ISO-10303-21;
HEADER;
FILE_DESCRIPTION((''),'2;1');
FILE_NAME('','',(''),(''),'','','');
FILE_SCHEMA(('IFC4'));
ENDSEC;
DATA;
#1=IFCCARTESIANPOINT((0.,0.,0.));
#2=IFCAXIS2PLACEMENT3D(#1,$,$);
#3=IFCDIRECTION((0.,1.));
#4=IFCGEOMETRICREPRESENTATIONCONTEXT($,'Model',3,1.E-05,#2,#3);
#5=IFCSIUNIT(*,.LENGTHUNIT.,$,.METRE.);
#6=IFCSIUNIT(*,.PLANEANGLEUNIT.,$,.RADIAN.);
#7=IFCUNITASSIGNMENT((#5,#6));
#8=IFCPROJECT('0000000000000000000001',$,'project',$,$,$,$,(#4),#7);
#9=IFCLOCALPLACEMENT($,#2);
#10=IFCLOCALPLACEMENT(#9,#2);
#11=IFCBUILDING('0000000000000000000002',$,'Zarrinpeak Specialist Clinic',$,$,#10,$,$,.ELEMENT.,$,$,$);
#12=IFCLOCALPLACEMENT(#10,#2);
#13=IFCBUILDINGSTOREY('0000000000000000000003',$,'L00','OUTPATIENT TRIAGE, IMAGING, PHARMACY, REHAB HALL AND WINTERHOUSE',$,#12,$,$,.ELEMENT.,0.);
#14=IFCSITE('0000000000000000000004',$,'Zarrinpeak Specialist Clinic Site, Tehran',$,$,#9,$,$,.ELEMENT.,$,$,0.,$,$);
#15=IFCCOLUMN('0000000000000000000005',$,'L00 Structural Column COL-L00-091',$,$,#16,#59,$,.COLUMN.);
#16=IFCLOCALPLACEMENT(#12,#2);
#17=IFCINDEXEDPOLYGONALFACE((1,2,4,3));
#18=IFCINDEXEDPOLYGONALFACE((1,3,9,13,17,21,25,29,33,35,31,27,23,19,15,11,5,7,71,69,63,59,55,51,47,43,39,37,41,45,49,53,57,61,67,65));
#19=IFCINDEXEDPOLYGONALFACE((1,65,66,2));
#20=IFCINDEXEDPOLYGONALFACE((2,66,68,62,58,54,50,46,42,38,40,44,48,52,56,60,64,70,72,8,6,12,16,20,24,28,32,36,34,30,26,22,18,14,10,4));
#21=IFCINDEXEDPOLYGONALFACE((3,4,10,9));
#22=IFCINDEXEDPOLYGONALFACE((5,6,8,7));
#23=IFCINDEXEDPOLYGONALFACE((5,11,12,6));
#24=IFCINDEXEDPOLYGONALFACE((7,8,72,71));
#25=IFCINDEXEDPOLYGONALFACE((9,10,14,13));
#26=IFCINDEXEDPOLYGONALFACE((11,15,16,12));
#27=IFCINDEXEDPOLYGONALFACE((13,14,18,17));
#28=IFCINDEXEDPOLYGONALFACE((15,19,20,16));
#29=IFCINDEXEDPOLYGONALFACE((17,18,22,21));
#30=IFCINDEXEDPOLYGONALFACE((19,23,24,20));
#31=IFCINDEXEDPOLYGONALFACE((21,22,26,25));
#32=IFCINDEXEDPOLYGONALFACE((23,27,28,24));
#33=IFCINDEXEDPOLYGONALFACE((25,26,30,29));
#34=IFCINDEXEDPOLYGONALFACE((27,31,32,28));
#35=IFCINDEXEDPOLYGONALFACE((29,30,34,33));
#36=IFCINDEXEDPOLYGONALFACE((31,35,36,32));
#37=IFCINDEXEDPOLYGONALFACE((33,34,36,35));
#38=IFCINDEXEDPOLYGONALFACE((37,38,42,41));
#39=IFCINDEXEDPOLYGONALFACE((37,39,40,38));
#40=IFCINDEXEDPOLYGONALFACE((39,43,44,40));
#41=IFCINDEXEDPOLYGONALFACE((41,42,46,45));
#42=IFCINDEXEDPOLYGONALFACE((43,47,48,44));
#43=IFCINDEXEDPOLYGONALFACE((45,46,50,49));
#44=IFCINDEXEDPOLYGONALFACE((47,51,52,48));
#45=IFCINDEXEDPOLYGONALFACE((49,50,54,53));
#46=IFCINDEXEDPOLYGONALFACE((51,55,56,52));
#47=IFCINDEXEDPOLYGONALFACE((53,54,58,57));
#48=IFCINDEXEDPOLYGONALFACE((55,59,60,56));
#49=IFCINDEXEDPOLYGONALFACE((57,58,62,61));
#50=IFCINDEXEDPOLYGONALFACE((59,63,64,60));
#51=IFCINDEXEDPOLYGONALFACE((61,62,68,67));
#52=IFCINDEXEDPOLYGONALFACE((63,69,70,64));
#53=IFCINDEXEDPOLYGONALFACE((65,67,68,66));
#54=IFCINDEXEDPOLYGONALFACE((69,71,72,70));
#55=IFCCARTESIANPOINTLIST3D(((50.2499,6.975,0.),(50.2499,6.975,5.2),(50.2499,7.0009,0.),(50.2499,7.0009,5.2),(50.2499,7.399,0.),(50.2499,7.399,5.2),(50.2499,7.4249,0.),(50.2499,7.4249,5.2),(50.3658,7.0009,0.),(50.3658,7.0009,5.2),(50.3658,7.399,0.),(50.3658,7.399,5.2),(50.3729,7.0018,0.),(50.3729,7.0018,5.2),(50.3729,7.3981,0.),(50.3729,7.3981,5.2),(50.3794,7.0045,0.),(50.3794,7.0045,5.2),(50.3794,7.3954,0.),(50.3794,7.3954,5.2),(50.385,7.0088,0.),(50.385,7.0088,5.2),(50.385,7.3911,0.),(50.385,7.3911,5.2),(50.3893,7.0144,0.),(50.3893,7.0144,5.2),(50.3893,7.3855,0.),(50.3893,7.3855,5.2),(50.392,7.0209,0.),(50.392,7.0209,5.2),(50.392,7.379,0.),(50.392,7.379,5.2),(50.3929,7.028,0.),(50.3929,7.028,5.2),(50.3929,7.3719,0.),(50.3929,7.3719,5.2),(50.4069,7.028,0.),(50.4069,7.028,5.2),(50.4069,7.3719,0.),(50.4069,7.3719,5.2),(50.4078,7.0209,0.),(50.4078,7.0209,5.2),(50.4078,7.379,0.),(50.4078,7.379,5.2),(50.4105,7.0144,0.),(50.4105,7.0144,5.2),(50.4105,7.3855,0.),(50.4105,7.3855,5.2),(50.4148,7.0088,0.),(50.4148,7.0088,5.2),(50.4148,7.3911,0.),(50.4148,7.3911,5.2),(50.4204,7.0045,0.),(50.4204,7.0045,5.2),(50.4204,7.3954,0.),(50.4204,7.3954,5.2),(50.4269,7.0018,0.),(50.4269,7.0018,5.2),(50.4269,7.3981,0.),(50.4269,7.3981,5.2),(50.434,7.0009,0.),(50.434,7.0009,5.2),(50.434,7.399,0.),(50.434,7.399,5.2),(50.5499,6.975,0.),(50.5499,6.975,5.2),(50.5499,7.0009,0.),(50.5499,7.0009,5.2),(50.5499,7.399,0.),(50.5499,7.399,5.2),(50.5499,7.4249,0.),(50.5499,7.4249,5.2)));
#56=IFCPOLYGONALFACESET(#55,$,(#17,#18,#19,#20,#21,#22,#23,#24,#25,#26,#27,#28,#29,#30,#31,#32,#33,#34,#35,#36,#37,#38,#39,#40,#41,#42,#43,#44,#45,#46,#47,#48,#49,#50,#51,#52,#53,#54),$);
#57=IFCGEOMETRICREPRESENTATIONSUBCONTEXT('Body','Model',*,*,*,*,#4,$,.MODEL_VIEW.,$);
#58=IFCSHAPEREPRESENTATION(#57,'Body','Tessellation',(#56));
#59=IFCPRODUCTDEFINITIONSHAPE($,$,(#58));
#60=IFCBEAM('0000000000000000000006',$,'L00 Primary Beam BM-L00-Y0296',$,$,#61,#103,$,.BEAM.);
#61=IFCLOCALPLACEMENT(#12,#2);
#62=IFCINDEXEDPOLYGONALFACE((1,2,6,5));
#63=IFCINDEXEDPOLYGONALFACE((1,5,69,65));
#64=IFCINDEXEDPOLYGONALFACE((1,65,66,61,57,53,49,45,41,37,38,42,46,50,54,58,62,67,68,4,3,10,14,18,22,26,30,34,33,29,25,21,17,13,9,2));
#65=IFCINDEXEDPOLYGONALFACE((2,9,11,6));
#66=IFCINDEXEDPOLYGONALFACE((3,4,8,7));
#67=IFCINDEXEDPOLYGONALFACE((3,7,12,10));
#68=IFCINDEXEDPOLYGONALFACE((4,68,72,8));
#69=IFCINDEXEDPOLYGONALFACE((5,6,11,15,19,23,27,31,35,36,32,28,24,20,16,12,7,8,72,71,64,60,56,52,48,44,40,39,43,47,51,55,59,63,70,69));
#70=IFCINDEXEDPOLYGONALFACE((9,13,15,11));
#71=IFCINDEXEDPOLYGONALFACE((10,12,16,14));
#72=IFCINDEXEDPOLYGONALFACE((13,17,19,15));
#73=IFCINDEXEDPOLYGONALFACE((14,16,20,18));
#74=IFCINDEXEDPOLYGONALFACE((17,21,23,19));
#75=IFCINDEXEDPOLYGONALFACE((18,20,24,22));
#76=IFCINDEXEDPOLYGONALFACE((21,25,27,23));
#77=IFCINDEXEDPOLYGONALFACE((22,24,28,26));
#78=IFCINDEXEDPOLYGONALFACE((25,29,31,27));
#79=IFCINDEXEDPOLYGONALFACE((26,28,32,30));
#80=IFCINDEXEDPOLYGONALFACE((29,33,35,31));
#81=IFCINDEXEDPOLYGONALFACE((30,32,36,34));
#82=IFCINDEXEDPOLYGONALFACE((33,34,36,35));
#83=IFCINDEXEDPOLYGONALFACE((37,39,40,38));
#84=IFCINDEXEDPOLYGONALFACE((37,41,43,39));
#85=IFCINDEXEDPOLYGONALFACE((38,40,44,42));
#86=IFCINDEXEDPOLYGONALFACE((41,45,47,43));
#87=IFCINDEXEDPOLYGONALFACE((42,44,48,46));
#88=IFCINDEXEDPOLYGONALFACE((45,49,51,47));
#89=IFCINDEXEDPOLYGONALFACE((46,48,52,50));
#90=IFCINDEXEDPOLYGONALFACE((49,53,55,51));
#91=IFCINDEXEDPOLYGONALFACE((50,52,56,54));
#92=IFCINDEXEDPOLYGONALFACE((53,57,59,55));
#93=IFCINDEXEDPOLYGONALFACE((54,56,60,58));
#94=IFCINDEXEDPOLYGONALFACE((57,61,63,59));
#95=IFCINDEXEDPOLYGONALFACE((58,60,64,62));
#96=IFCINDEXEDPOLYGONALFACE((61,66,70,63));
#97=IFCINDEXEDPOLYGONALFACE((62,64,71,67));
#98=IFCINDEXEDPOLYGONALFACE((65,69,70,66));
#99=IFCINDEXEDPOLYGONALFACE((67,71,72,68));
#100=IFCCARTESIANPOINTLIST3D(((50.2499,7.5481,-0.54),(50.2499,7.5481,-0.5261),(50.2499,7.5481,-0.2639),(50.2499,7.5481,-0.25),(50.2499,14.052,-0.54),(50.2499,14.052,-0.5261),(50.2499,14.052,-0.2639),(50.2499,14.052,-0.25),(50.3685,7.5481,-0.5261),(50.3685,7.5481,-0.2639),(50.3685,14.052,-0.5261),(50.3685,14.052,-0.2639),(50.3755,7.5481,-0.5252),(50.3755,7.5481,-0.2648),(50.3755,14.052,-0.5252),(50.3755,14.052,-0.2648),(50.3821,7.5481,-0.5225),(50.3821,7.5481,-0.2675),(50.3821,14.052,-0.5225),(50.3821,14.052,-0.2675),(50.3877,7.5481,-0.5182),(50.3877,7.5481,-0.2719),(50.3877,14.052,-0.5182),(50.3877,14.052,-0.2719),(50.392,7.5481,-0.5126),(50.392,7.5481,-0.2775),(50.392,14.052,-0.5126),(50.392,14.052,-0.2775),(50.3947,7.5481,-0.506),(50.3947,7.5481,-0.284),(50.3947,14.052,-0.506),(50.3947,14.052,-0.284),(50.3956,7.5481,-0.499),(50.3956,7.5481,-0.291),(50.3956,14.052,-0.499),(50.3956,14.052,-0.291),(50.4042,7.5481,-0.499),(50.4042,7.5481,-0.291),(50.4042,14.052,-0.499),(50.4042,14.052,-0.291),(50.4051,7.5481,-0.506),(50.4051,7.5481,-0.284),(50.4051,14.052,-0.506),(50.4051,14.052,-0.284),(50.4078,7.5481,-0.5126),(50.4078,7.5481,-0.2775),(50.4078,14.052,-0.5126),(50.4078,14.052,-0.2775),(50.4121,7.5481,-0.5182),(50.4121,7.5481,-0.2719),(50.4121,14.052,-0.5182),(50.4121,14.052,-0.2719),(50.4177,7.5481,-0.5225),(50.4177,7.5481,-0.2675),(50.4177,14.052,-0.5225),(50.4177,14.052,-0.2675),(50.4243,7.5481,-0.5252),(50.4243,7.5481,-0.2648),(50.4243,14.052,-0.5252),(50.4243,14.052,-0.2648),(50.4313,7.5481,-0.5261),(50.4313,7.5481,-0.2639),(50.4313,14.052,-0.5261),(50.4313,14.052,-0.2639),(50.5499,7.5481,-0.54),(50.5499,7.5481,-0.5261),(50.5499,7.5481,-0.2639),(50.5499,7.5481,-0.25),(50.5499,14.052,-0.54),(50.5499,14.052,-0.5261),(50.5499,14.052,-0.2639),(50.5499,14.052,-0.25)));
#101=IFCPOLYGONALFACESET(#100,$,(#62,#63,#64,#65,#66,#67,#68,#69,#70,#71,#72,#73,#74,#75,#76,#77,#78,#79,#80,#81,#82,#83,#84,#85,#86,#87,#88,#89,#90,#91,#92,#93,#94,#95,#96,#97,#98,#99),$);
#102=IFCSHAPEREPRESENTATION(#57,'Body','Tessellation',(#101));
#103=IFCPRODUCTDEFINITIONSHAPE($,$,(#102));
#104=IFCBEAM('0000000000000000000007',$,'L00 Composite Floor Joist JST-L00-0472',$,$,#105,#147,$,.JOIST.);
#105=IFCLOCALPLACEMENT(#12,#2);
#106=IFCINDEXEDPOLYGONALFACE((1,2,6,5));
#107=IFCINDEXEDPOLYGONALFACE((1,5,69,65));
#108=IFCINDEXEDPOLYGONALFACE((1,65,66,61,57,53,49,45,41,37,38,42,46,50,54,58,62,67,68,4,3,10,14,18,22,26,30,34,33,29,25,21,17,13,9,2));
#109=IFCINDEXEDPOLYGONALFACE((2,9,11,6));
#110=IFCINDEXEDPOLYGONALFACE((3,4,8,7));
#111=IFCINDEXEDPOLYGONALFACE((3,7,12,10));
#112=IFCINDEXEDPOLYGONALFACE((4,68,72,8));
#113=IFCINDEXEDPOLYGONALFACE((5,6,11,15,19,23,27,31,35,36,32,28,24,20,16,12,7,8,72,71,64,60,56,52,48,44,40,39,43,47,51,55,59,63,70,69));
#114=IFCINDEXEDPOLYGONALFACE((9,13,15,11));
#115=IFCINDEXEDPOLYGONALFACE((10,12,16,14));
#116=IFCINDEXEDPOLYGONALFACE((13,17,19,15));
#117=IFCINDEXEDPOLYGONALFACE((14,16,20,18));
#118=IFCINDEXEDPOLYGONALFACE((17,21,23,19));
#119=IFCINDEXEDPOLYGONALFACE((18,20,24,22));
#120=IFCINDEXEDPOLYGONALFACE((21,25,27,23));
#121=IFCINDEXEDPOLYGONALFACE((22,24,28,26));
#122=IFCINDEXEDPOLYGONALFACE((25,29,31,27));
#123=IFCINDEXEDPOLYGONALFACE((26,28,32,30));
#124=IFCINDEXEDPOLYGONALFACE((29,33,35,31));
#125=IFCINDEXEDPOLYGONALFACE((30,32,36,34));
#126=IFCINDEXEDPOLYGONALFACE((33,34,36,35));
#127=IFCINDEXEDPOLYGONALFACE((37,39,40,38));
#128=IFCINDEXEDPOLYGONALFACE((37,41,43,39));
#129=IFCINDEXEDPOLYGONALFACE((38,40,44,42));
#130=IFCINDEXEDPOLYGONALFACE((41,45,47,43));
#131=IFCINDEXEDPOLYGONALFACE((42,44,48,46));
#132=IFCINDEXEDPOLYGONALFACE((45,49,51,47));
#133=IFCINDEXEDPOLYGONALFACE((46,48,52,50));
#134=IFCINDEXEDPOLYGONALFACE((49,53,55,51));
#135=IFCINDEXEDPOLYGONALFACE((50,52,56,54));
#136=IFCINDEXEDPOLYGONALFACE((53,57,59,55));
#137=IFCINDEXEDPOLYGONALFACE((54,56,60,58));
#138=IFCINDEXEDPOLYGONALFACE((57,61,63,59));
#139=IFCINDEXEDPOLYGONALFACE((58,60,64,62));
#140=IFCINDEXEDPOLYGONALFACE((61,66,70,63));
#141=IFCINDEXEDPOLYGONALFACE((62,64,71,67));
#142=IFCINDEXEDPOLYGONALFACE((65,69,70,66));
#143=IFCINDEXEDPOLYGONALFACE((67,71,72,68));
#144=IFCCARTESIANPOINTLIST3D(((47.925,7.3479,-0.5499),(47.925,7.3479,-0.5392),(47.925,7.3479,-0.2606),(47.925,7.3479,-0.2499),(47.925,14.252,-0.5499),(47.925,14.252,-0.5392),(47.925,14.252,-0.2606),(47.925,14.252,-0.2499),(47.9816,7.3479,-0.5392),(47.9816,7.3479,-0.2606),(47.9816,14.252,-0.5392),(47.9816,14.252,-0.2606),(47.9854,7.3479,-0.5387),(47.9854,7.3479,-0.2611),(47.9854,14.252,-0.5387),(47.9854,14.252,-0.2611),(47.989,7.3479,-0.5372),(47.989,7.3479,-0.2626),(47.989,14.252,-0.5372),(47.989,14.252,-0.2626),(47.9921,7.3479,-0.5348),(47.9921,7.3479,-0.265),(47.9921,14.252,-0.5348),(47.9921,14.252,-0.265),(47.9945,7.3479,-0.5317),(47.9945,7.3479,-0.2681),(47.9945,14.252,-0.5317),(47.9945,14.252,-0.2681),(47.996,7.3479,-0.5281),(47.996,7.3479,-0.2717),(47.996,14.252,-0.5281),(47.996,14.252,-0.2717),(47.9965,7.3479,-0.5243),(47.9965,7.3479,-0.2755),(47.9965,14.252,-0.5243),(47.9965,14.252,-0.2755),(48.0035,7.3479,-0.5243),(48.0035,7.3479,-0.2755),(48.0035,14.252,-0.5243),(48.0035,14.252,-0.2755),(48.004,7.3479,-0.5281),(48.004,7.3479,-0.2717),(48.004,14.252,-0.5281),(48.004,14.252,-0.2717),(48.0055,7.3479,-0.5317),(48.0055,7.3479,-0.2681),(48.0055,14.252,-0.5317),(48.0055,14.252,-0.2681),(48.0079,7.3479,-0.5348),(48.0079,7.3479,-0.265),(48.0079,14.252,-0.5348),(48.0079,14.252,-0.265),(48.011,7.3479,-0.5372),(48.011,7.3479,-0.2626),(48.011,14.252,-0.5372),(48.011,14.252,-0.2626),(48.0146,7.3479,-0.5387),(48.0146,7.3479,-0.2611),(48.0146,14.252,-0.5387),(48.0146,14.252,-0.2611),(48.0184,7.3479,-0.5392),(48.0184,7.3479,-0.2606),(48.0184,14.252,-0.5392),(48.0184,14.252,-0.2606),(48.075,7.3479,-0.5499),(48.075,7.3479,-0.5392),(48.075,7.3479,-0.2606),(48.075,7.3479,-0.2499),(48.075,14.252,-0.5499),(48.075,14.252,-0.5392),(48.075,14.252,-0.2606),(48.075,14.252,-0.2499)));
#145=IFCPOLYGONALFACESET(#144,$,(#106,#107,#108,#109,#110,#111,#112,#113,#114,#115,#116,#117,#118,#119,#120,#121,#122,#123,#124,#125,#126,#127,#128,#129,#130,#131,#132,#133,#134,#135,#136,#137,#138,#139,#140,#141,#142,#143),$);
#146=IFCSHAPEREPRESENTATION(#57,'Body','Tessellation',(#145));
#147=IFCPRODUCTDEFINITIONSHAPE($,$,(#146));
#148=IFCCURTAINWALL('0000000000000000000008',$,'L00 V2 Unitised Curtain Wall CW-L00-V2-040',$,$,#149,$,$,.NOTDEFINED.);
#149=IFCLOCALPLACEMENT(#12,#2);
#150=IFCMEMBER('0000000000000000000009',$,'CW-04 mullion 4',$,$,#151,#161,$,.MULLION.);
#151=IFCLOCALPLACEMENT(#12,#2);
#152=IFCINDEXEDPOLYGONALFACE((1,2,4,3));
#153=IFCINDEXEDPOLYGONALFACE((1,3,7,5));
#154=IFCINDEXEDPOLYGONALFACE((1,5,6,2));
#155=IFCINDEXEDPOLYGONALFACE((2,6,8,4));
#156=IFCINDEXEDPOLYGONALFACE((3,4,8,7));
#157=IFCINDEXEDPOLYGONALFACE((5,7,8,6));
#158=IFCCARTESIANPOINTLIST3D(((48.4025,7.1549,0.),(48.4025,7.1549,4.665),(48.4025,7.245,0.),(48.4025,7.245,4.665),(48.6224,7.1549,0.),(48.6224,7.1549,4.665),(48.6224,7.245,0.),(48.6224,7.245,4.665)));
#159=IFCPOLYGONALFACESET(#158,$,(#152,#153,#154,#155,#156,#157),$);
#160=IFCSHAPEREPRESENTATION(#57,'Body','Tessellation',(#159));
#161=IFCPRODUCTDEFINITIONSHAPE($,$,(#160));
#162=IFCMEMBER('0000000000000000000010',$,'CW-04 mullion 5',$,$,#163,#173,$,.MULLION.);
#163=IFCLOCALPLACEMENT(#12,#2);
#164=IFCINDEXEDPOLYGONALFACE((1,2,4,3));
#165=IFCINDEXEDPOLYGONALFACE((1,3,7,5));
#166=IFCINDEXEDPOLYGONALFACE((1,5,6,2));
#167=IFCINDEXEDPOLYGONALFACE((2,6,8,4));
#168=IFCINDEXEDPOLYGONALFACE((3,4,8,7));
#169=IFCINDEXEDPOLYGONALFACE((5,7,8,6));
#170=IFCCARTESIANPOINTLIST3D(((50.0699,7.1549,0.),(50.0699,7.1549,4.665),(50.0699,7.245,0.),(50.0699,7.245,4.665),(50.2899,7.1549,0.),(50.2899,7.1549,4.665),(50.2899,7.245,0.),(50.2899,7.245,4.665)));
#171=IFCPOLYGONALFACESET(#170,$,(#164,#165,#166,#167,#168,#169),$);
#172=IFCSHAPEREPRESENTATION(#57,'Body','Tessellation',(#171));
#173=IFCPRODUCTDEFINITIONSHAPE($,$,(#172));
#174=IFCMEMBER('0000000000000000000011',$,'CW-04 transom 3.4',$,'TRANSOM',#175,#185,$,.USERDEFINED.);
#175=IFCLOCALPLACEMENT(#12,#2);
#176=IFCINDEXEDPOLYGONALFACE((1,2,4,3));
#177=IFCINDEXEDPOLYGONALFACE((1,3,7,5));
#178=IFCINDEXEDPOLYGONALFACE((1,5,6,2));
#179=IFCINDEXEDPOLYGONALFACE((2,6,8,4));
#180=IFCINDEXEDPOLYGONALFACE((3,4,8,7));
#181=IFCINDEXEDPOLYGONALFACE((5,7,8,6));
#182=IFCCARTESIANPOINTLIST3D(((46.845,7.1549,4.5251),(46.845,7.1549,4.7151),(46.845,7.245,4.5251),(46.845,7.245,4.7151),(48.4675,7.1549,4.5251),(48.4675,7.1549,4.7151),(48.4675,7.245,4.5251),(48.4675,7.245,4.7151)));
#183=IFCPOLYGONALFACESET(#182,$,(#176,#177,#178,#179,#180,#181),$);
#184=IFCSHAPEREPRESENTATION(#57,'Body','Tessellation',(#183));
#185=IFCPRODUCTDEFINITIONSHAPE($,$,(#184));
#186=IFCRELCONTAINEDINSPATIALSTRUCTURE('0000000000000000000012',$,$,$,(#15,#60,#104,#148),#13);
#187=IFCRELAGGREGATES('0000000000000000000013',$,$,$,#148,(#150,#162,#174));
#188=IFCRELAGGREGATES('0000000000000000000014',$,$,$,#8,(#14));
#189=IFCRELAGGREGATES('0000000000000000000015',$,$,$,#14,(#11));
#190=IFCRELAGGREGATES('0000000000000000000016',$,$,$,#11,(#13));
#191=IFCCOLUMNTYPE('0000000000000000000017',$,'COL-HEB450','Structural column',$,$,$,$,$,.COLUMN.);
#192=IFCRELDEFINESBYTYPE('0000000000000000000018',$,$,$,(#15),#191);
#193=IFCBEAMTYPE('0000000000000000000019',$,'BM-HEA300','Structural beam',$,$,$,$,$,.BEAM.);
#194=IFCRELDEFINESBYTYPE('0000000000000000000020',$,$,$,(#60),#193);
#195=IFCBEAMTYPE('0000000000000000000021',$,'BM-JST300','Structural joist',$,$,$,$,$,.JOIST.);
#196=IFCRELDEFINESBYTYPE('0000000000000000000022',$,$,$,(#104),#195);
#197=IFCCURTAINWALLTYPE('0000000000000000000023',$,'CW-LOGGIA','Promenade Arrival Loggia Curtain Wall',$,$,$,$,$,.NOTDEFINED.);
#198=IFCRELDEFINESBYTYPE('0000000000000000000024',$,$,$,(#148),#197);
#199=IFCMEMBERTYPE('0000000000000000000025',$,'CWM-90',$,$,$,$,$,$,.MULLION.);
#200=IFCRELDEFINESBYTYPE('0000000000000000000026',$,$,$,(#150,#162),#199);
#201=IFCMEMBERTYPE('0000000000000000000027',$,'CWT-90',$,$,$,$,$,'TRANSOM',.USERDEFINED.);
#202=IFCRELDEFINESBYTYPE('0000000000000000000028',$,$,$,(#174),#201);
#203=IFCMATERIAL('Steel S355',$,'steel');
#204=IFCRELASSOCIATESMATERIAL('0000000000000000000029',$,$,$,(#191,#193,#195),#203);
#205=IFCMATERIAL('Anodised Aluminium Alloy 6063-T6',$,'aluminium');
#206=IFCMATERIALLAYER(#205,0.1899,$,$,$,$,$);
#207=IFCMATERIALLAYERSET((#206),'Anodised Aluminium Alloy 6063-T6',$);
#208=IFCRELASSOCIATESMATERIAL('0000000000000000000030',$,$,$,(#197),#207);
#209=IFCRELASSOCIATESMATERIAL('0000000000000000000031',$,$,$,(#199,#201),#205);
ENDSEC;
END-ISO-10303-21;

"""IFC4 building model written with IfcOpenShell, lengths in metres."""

from ifc_helpers import new_model, si_unit, direction, frame, origin, origin_2d, place, context, subcontext, project, spatial, rectangle, i_section, extrude, material, layer, layer_set, material_profile, profile_set, type_object, element, aggregate, save


model = new_model("IFC4")

# Units and contexts
model_context = context("Model", 3, precision=1e-05, world=origin(), true_north=direction((0.0, 1.0)))
body_context = subcontext(model_context, "Body", "Model", "MODEL_VIEW")
ifc_project = project(units=[si_unit("LENGTHUNIT", "METRE"), si_unit("PLANEANGLEUNIT", "RADIAN")], contexts=[model_context])

# Site, building, storey
site_placement = place(None, origin())
site = spatial("IfcSite", under=ifc_project, at=site_placement, Name="Zarrinpeak Specialist Clinic Site, Tehran", CompositionType="ELEMENT", RefElevation=0.0)
building_placement = place(site_placement, origin())
building = spatial("IfcBuilding", under=site, at=building_placement, Name="Zarrinpeak Specialist Clinic", CompositionType="ELEMENT")
storey_placement = place(building_placement, origin())
storey = spatial("IfcBuildingStorey", under=building, at=storey_placement, Name="L00", Description="OUTPATIENT TRIAGE, IMAGING, PHARMACY, REHAB HALL AND WINTERHOUSE", CompositionType="ELEMENT", Elevation=0.0)

# Column
ifc_material_1 = material(Name="Steel S355", Category="steel")
ifc_material_profile_1 = material_profile(ifc_material_1, i_section(OverallWidth=0.3, OverallDepth=0.45, WebThickness=0.0139, FlangeThickness=0.0259, FilletRadius=0.0271, at=origin_2d()), Name="HEB 450")
ifc_profile_set_1 = profile_set([ifc_material_profile_1], Name="Steel S355")
column_type = type_object("IfcColumnType", Name="COL-HEB450", Description="Structural column", PredefinedType="COLUMN", material=ifc_profile_set_1)
column_placement = place(storey_placement, frame((50.3999, 7.2, 0.0), z_axis=(0.0, 0.0, 1.0), x_axis=(1.0, 0.0, 0.0)))
element("IfcColumn", 1, at=column_placement, inside=storey, type_object=column_type, Name="L00 Structural Column COL-L00-091", PredefinedType="COLUMN", context=body_context, shape_type="SweptSolid", body=[
    extrude(i_section(OverallWidth=0.3, OverallDepth=0.45, WebThickness=0.0139, FlangeThickness=0.0259, FilletRadius=0.0271, at=origin_2d()), origin(), (0.0, 0.0, 1.0), 5.2),
])

# Beams
ifc_material_profile_2 = material_profile(ifc_material_1, i_section(OverallWidth=0.3, OverallDepth=0.29, WebThickness=0.0085, FlangeThickness=0.0139, FilletRadius=0.0271, at=origin_2d()), Name="HEA 300")
ifc_profile_set_2 = profile_set([ifc_material_profile_2], Name="Steel S355")
beam_type_1 = type_object("IfcBeamType", Name="BM-HEA300", Description="Structural beam", PredefinedType="BEAM", material=ifc_profile_set_2)
beam_1_placement = place(storey_placement, frame((50.3999, 7.5481, -0.395), z_axis=(0.0, 1.0, 0.0), x_axis=(-1.0, 0.0, 0.0)))
element("IfcBeam", 2, at=beam_1_placement, inside=storey, type_object=beam_type_1, Name="L00 Primary Beam BM-L00-Y0296", PredefinedType="BEAM", context=body_context, shape_type="SweptSolid", body=[
    extrude(i_section(OverallWidth=0.3, OverallDepth=0.29, WebThickness=0.0085, FlangeThickness=0.0139, FilletRadius=0.0271, at=origin_2d()), origin(), (0.0, 0.0, 1.0), 6.5039),
])
ifc_material_profile_3 = material_profile(ifc_material_1, i_section(OverallWidth=0.1499, OverallDepth=0.3, WebThickness=0.0071, FlangeThickness=0.0107, FilletRadius=0.0149, at=origin_2d()), Name="IPE 300")
ifc_profile_set_3 = profile_set([ifc_material_profile_3], Name="Steel S355")
beam_type_2 = type_object("IfcBeamType", Name="BM-JST300", Description="Structural joist", PredefinedType="JOIST", material=ifc_profile_set_3)
beam_2_placement = place(storey_placement, frame((48.0, 7.3479, -0.3999), z_axis=(0.0, 1.0, 0.0), x_axis=(-1.0, 0.0, 0.0)))
element("IfcBeam", 3, at=beam_2_placement, inside=storey, type_object=beam_type_2, Name="L00 Composite Floor Joist JST-L00-0472", PredefinedType="JOIST", context=body_context, shape_type="SweptSolid", body=[
    extrude(i_section(OverallWidth=0.1499, OverallDepth=0.3, WebThickness=0.0071, FlangeThickness=0.0107, FilletRadius=0.0149, at=origin_2d()), origin(), (0.0, 0.0, 1.0), 6.9041),
])

# Curtain wall, members
ifc_material_2 = material(Name="Anodised Aluminium Alloy 6063-T6", Category="aluminium")
ifc_layer_1 = layer(ifc_material_2, 0.1899)
ifc_layer_set_1 = layer_set([ifc_layer_1], Name="Anodised Aluminium Alloy 6063-T6")
curtain_wall_type = type_object("IfcCurtainWallType", Name="CW-LOGGIA", Description="Promenade Arrival Loggia Curtain Wall", PredefinedType="NOTDEFINED", material=ifc_layer_set_1)
curtain_wall_placement = place(storey_placement, origin())
curtain_wall = element("IfcCurtainWall", 4, at=curtain_wall_placement, inside=storey, type_object=curtain_wall_type, Name="L00 V2 Unitised Curtain Wall CW-L00-V2-040", PredefinedType="NOTDEFINED")
ifc_material_profile_4 = material_profile(ifc_material_2, rectangle(XDim=0.0901, YDim=0.22, at=origin_2d()), Name="ALU 90x220")
ifc_profile_set_4 = profile_set([ifc_material_profile_4], Name="Anodised Aluminium Alloy 6063-T6")
member_type_1 = type_object("IfcMemberType", Name="CWM-90", PredefinedType="MULLION", material=ifc_profile_set_4)
member_1_placement = place(storey_placement, frame((48.5125, 7.2, 0.0), z_axis=(0.0, 0.0, 1.0), x_axis=(0.0, 1.0, 0.0)))
member_1 = element("IfcMember", 5, at=member_1_placement, type_object=member_type_1, Name="CW-04 mullion 4", PredefinedType="MULLION", context=body_context, shape_type="SweptSolid", body=[
    extrude(rectangle(XDim=0.0901, YDim=0.22, at=origin_2d()), origin(), (0.0, 0.0, 1.0), 4.665),
])
member_2_placement = place(storey_placement, frame((50.1799, 7.2, 0.0), z_axis=(0.0, 0.0, 1.0), x_axis=(0.0, 1.0, 0.0)))
member_2 = element("IfcMember", 6, at=member_2_placement, type_object=member_type_1, Name="CW-04 mullion 5", PredefinedType="MULLION", context=body_context, shape_type="SweptSolid", body=[
    extrude(rectangle(XDim=0.0901, YDim=0.22, at=origin_2d()), origin(), (0.0, 0.0, 1.0), 4.665),
])
ifc_material_profile_5 = material_profile(ifc_material_2, rectangle(XDim=0.0901, YDim=0.1899, at=origin_2d()), Name="ALU 90x190")
ifc_profile_set_5 = profile_set([ifc_material_profile_5], Name="Anodised Aluminium Alloy 6063-T6")
member_type_2 = type_object("IfcMemberType", Name="CWT-90", ElementType="TRANSOM", PredefinedType="USERDEFINED", material=ifc_profile_set_5)
member_3_placement = place(storey_placement, frame((46.845, 7.2, 4.6201), z_axis=(1.0, 0.0, 0.0), x_axis=(0.0, 1.0, 0.0)))
member_3 = element("IfcMember", 7, at=member_3_placement, type_object=member_type_2, Name="CW-04 transom 3.4", ObjectType="TRANSOM", PredefinedType="USERDEFINED", context=body_context, shape_type="SweptSolid", body=[
    extrude(rectangle(XDim=0.0901, YDim=0.1899, at=origin_2d()), origin(), (0.0, 0.0, 1.0), 1.6226),
])
aggregate(curtain_wall, [member_1, member_2, member_3])

save(model, "model.ifc")
